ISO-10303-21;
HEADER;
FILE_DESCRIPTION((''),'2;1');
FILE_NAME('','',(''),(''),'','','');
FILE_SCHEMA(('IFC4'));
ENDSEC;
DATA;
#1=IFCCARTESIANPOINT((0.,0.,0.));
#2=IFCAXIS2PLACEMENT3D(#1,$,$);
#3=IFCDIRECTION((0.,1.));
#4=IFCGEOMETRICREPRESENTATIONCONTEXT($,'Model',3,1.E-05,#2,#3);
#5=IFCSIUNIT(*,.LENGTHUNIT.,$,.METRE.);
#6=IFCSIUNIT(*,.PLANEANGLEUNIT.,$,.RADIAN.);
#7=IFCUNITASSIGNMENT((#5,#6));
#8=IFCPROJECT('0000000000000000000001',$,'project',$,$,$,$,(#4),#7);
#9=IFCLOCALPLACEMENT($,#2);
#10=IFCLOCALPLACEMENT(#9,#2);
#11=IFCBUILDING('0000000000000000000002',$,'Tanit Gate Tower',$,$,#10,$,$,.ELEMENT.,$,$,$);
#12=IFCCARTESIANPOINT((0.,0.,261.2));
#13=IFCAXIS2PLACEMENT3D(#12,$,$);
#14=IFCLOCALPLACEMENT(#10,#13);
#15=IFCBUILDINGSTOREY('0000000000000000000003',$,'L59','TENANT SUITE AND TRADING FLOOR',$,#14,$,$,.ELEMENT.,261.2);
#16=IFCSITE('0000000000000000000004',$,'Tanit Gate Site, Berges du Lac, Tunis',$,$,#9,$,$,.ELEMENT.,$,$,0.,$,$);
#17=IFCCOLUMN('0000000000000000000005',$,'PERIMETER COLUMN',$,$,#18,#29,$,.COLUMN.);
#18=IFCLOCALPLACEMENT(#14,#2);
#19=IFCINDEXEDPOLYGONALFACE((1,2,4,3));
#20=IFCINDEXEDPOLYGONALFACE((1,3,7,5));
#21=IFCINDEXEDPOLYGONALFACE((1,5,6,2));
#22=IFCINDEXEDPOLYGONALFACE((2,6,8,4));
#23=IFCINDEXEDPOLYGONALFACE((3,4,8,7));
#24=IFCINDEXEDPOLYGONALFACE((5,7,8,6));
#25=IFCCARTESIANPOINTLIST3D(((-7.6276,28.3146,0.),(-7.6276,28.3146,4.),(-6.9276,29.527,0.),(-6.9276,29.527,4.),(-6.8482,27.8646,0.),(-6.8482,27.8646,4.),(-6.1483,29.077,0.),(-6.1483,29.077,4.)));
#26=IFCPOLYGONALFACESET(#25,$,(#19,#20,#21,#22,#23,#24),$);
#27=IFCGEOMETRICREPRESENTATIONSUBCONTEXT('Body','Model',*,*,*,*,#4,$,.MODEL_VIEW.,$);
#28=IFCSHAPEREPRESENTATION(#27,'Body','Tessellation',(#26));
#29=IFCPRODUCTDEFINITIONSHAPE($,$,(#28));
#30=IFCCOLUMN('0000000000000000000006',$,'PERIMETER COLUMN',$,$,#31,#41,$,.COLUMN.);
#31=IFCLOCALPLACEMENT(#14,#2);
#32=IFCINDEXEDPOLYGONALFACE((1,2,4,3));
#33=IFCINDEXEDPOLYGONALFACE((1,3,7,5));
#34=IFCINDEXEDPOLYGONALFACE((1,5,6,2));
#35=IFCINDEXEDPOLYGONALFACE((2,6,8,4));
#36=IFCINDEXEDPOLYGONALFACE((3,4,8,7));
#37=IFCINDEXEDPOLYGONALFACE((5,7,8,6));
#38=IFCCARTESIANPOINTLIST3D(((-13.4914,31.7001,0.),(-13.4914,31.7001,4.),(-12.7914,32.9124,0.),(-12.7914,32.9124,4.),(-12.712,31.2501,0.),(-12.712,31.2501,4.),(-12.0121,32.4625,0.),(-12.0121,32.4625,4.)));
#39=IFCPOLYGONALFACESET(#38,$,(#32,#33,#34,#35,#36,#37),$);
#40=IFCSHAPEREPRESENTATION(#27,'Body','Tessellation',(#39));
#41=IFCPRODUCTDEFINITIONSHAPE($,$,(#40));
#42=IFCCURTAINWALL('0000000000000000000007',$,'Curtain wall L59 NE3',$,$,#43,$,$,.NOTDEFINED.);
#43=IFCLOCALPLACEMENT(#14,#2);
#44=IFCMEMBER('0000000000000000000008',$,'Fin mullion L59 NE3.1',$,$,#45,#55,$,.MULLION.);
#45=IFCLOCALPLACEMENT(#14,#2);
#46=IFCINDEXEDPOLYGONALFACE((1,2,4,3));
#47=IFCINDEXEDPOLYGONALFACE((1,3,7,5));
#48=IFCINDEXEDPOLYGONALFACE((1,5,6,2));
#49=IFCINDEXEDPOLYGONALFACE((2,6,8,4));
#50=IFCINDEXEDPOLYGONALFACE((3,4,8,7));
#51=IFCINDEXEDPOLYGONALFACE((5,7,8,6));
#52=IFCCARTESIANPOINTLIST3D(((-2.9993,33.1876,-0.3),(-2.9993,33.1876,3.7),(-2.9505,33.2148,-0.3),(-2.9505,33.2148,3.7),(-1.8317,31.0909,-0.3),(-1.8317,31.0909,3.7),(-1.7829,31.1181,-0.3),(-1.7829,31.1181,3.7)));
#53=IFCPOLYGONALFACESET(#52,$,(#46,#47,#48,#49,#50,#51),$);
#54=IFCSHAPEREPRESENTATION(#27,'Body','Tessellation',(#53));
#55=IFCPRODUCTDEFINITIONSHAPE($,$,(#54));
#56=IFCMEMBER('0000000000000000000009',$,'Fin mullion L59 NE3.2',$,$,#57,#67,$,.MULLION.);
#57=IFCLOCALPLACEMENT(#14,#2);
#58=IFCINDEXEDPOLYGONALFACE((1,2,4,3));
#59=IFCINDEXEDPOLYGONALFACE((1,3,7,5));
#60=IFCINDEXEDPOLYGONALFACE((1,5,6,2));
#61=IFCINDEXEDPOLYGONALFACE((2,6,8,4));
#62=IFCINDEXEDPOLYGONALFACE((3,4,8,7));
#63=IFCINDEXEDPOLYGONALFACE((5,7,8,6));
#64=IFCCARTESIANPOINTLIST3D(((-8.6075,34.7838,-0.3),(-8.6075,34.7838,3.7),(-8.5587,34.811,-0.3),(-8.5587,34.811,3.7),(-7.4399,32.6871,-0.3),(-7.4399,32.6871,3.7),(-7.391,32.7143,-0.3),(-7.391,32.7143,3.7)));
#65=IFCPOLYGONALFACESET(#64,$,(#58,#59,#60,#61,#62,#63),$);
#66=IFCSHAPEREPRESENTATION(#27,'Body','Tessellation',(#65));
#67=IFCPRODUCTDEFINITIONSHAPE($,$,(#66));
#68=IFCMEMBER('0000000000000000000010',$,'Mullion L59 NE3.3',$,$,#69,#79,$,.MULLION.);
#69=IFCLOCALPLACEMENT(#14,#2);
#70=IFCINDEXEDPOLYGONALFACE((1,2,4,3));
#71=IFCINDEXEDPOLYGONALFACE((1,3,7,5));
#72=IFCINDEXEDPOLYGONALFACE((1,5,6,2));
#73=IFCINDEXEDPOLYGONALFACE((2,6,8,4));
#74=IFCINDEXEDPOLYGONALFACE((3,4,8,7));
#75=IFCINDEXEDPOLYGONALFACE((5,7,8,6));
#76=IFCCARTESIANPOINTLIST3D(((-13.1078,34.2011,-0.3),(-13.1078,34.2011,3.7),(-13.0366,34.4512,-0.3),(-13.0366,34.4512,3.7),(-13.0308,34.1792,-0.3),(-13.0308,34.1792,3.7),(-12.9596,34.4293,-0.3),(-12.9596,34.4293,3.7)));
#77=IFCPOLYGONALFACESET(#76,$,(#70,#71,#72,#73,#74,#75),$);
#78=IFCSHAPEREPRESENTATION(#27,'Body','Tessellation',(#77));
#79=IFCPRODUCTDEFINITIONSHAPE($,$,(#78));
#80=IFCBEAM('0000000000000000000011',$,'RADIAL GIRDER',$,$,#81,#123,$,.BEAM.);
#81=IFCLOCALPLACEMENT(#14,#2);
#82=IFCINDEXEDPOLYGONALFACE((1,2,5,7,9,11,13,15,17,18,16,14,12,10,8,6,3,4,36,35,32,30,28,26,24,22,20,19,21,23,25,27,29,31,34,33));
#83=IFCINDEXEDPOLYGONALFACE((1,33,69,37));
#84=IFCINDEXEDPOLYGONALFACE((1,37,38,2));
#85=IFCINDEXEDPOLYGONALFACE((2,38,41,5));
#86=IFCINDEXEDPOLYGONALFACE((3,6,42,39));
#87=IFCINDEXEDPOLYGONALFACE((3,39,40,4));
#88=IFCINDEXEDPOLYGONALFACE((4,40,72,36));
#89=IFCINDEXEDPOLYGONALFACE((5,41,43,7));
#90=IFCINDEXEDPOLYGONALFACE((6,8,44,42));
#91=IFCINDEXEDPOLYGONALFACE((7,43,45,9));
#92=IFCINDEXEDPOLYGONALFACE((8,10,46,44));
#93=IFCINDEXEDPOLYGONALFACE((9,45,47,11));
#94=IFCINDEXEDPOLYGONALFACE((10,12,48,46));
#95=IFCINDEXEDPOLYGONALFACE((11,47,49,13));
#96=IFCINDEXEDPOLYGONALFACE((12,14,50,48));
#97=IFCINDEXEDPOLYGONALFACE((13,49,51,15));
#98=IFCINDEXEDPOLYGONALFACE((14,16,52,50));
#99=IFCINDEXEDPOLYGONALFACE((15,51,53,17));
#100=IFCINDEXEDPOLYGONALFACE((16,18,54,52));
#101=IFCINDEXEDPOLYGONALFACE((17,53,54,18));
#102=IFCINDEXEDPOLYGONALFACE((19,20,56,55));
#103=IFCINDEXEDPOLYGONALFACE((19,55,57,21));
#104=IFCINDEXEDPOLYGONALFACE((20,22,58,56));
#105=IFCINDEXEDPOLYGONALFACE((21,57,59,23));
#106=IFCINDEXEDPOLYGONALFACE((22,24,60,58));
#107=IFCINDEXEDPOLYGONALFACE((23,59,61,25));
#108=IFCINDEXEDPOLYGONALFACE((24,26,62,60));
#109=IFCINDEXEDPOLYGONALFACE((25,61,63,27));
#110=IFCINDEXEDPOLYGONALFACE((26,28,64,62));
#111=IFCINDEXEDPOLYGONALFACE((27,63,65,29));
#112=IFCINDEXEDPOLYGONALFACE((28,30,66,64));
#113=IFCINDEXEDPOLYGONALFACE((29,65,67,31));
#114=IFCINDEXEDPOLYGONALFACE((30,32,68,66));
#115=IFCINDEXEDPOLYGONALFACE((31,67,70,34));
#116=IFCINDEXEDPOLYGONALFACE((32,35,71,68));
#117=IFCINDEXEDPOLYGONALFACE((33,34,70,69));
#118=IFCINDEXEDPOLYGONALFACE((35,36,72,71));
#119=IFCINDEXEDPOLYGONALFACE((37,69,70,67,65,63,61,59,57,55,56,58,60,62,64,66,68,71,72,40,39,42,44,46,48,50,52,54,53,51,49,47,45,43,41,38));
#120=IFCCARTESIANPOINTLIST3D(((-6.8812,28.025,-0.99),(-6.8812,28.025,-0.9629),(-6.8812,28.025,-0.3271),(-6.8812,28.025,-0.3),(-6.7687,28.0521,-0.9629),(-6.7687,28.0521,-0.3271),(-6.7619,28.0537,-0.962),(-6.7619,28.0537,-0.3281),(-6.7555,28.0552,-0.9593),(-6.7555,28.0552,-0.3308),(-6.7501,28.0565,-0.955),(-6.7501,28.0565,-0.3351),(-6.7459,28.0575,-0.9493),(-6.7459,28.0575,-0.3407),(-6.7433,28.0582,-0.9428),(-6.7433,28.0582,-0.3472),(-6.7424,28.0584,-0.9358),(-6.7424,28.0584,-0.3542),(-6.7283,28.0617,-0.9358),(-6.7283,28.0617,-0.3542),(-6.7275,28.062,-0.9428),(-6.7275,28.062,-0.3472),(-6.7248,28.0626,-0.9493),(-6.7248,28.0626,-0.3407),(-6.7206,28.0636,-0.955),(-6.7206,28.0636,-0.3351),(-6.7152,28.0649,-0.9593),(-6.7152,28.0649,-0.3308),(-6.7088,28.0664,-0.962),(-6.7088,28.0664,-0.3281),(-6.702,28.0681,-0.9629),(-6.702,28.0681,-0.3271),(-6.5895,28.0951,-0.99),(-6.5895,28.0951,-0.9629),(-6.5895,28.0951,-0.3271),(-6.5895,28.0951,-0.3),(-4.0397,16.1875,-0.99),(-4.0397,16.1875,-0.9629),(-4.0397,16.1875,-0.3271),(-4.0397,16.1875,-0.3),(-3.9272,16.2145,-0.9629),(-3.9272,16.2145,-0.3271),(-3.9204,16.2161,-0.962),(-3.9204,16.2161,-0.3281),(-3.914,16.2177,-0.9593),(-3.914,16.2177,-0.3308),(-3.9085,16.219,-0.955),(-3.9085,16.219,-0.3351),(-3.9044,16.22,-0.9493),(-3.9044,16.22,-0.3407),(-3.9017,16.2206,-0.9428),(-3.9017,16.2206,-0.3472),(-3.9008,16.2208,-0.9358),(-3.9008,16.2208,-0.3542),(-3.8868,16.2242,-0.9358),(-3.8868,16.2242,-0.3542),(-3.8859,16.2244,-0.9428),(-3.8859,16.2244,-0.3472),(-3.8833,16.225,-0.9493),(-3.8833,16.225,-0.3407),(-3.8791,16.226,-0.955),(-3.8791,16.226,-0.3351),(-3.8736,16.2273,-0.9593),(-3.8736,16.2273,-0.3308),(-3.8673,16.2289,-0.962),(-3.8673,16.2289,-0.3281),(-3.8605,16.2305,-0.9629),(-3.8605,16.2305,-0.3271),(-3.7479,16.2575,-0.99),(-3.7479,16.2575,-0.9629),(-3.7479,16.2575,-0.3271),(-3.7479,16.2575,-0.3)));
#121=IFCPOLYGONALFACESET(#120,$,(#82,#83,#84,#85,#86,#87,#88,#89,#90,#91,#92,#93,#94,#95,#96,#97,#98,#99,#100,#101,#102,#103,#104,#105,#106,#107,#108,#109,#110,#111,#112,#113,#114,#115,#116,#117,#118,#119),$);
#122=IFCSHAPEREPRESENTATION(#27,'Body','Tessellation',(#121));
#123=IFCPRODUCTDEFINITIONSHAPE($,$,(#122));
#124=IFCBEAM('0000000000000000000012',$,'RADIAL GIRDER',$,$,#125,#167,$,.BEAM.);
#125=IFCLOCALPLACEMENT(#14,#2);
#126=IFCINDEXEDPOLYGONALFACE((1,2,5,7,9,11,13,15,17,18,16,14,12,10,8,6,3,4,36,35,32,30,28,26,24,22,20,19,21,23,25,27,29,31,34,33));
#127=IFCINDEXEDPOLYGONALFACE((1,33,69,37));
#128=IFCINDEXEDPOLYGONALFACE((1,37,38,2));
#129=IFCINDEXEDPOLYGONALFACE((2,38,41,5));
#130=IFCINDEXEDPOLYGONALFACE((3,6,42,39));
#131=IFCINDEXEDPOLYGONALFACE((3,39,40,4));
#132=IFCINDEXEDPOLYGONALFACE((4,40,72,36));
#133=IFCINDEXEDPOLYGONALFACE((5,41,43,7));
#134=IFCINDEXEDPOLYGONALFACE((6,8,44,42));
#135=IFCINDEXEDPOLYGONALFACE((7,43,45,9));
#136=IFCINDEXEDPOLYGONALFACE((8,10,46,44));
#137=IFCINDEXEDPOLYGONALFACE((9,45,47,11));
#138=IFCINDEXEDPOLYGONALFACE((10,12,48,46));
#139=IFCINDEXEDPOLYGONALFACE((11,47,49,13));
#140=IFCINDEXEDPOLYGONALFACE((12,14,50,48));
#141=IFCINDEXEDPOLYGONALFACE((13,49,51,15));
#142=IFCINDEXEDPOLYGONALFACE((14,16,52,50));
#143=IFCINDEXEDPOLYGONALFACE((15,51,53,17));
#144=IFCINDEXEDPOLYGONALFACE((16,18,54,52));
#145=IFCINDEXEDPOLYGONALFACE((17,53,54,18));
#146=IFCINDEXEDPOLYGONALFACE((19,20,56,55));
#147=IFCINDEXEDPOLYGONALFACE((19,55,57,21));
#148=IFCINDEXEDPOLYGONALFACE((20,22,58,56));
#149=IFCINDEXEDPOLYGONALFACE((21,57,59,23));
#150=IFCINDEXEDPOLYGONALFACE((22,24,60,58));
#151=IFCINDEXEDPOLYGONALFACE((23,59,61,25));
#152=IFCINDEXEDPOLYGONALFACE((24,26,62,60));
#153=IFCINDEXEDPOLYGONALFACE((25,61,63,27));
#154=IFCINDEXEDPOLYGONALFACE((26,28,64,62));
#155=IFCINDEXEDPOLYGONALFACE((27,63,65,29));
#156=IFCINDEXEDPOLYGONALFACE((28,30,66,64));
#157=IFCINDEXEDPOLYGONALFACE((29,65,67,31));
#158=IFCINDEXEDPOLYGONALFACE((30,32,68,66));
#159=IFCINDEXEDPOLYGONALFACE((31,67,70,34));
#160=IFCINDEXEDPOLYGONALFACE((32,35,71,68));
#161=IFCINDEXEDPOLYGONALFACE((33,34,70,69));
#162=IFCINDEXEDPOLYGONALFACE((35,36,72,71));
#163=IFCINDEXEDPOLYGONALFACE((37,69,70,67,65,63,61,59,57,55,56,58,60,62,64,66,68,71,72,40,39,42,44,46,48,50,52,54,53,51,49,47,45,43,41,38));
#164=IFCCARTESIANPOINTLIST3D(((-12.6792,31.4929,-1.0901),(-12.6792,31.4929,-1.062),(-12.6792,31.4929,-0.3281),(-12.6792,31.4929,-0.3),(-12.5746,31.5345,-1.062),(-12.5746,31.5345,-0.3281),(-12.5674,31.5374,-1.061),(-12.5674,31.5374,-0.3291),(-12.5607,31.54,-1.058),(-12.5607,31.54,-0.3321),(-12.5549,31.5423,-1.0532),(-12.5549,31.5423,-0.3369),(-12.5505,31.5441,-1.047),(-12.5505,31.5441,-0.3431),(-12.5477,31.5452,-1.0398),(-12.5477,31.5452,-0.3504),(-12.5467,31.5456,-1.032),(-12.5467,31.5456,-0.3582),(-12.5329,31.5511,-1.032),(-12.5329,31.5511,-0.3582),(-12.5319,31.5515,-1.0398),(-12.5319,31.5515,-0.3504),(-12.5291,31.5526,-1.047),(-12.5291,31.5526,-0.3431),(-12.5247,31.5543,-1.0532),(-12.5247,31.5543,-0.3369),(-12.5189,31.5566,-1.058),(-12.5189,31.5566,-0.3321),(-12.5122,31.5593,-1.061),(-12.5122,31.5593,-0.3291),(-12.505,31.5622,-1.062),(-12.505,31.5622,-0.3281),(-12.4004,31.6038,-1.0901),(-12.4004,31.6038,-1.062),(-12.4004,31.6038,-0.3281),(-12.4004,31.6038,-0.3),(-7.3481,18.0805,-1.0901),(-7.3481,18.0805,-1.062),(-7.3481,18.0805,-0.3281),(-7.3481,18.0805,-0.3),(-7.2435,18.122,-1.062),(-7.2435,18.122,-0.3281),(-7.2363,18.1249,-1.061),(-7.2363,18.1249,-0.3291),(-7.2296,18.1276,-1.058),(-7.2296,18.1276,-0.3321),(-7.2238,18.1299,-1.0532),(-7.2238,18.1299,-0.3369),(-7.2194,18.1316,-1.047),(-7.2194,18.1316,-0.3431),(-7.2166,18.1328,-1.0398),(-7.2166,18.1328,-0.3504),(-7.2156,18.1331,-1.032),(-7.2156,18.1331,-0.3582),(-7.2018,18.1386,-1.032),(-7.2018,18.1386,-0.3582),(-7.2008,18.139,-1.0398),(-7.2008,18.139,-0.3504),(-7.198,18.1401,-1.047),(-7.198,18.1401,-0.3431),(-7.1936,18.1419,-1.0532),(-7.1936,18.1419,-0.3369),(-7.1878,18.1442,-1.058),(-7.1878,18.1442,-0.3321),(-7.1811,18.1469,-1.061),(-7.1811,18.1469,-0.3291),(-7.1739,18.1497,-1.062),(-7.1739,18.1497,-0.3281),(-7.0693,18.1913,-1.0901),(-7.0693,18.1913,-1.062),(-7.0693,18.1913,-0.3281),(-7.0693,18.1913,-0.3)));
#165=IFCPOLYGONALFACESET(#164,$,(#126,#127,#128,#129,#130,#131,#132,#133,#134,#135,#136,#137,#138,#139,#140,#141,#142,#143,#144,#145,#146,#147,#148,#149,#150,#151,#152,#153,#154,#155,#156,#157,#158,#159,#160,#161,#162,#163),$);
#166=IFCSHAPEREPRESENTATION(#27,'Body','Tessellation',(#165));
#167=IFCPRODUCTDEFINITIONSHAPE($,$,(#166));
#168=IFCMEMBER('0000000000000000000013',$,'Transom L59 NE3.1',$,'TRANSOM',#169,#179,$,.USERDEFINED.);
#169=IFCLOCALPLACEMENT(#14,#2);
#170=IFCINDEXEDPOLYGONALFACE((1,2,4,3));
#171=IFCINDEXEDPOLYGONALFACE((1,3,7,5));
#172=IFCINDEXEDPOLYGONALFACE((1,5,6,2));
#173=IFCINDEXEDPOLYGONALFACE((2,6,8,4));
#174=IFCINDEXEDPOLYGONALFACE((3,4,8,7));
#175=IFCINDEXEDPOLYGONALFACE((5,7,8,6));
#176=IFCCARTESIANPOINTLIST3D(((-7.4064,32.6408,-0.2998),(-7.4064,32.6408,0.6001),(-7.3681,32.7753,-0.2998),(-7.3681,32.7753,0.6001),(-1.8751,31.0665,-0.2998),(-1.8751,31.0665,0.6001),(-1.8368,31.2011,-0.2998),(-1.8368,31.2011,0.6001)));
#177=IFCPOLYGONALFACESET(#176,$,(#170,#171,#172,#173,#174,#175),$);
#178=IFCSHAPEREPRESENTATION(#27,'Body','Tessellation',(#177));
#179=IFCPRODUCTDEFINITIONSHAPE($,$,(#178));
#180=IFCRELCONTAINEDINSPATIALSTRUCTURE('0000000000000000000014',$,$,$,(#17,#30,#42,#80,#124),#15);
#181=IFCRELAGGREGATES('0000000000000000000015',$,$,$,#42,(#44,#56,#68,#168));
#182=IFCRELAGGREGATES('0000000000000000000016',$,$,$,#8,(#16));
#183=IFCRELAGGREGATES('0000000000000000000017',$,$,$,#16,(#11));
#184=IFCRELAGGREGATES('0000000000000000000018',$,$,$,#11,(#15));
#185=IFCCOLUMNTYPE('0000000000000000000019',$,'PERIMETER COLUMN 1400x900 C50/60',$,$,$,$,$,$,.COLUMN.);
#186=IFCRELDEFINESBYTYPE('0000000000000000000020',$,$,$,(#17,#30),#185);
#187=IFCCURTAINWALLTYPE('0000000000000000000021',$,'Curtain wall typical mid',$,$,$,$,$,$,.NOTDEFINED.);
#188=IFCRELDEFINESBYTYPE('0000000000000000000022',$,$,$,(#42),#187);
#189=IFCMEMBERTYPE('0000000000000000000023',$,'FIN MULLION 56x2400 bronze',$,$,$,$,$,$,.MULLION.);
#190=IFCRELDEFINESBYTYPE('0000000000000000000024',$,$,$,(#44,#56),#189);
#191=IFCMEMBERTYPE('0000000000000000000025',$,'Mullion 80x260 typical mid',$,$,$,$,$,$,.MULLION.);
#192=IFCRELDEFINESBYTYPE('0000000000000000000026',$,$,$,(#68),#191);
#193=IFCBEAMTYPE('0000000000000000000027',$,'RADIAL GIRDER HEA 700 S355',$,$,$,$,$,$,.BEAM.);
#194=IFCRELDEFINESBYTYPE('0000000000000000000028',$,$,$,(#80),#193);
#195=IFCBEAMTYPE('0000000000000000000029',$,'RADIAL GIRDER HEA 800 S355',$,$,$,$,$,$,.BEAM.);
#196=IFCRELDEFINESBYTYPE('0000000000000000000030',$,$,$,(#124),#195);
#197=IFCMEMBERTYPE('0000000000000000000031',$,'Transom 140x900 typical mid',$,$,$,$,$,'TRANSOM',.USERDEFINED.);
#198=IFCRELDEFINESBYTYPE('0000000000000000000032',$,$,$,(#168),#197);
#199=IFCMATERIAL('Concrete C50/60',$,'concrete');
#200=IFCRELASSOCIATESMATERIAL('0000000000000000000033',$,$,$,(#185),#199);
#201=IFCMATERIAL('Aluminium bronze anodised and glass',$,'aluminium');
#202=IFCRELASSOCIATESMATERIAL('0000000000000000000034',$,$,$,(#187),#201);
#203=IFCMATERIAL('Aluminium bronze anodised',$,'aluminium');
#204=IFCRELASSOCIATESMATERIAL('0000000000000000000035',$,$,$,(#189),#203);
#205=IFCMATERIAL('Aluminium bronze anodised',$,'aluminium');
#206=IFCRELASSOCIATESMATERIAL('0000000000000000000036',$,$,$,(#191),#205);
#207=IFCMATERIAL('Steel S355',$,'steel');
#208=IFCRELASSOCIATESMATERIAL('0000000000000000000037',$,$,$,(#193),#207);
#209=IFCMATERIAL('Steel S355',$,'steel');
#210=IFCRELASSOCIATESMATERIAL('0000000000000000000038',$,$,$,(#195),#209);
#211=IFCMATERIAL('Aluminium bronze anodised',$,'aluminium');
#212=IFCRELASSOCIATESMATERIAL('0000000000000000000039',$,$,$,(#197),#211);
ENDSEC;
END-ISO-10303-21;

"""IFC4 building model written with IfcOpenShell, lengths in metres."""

from ifc_helpers import new_model, si_unit, direction, frame, origin, origin_2d, place, context, subcontext, project, spatial, rectangle, i_section, extrude, material, material_profile, profile_set, type_object, element, aggregate, save


model = new_model("IFC4")

# Units and contexts
model_context = context("Model", 3, precision=1e-05, world=origin(), true_north=direction((0.0, 1.0)))
body_context = subcontext(model_context, "Body", "Model", "MODEL_VIEW")
ifc_project = project(units=[si_unit("LENGTHUNIT", "METRE"), si_unit("PLANEANGLEUNIT", "RADIAN")], contexts=[model_context])

# Site, building, storey
site_placement = place(None, origin())
site = spatial("IfcSite", under=ifc_project, at=site_placement, Name="Tanit Gate Site, Berges du Lac, Tunis", CompositionType="ELEMENT", RefElevation=0.0)
building_placement = place(site_placement, origin())
building = spatial("IfcBuilding", under=site, at=building_placement, Name="Tanit Gate Tower", CompositionType="ELEMENT")
storey_placement = place(building_placement, frame((0.0, 0.0, 261.2)))
storey = spatial("IfcBuildingStorey", under=building, at=storey_placement, Name="L59", Description="TENANT SUITE AND TRADING FLOOR", CompositionType="ELEMENT", Elevation=261.2)

# Columns
ifc_material_1 = material(Name="Concrete C50/60", Category="concrete")
ifc_material_profile_1 = material_profile(ifc_material_1, rectangle(XDim=1.3999, YDim=0.8999, at=origin_2d()), Name="RC 1400x900")
ifc_profile_set_1 = profile_set([ifc_material_profile_1], Name="Concrete C50/60")
column_type = type_object("IfcColumnType", Name="PERIMETER COLUMN 1400x900 C50/60", PredefinedType="COLUMN", material=ifc_profile_set_1)
for number, where, z_axis, x_axis, name in (
    (1, (-6.8879, 28.6958, 0.0), (0.0, 0.0, 1.0), (0.5, 0.866025, 0.0), "PERIMETER COLUMN"),
    (2, (-12.7517, 32.0813, 0.0), (0.0, 0.0, 1.0), (0.5, 0.866025, 0.0), "PERIMETER COLUMN"),
):
    element("IfcColumn", number, at=place(storey_placement, frame(where, z_axis=z_axis, x_axis=x_axis)), inside=storey, type_object=column_type, Name=name, PredefinedType="COLUMN", context=body_context, shape_type="SweptSolid", body=[
        extrude(rectangle(XDim=1.3999, YDim=0.8999, at=origin_2d()), origin(), (0.0, 0.0, 1.0), 4.0),
    ])

# Curtain wall, members
ifc_material_2 = material(Name="Aluminium bronze anodised and glass", Category="aluminium")
curtain_wall_type = type_object("IfcCurtainWallType", Name="Curtain wall typical mid", PredefinedType="NOTDEFINED", material=ifc_material_2)
curtain_wall_placement = place(storey_placement, origin())
curtain_wall = element("IfcCurtainWall", 3, at=curtain_wall_placement, inside=storey, type_object=curtain_wall_type, Name="Curtain wall L59 NE3", PredefinedType="NOTDEFINED")
ifc_material_3 = material(Name="Aluminium bronze anodised", Category="aluminium")
ifc_material_profile_2 = material_profile(ifc_material_3, rectangle(XDim=2.3999, YDim=0.0559, at=origin_2d()), Name="56x2400 bronze fin mullion")
ifc_profile_set_2 = profile_set([ifc_material_profile_2], Name="Aluminium bronze anodised")
member_type_1 = type_object("IfcMemberType", Name="FIN MULLION 56x2400 bronze", PredefinedType="MULLION", material=ifc_profile_set_2)
member_1_placement = place(storey_placement, frame((-2.3911, 32.1528, -0.3), z_axis=(0.0, 0.0, 1.0), x_axis=(0.486531, -0.873663, 0.0)))
member_1 = element("IfcMember", 4, at=member_1_placement, type_object=member_type_1, Name="Fin mullion L59 NE3.1", PredefinedType="MULLION", context=body_context, shape_type="SweptSolid", body=[
    extrude(rectangle(XDim=2.3999, YDim=0.0559, at=origin_2d()), origin(), (0.0, 0.0, 1.0), 4.0),
])
member_2_placement = place(storey_placement, frame((-7.9993, 33.749, -0.3), z_axis=(0.0, 0.0, 1.0), x_axis=(0.486531, -0.873663, 0.0)))
member_2 = element("IfcMember", 5, at=member_2_placement, type_object=member_type_1, Name="Fin mullion L59 NE3.2", PredefinedType="MULLION", context=body_context, shape_type="SweptSolid", body=[
    extrude(rectangle(XDim=2.3999, YDim=0.0559, at=origin_2d()), origin(), (0.0, 0.0, 1.0), 4.0),
])
ifc_material_4 = material(Name="Aluminium bronze anodised", Category="aluminium")
ifc_material_profile_3 = material_profile(ifc_material_4, rectangle(XDim=0.26, YDim=0.0801, at=origin_2d()), Name="80x260 bronze mullion")
ifc_profile_set_3 = profile_set([ifc_material_profile_3], Name="Aluminium bronze anodised")
member_type_2 = type_object("IfcMemberType", Name="Mullion 80x260 typical mid", PredefinedType="MULLION", material=ifc_profile_set_3)
member_3_placement = place(storey_placement, frame((-13.0337, 34.3152, -0.3), z_axis=(0.0, 0.0, 1.0), x_axis=(-0.273744, -0.961803, 0.0)))
member_3 = element("IfcMember", 6, at=member_3_placement, type_object=member_type_2, Name="Mullion L59 NE3.3", PredefinedType="MULLION", context=body_context, shape_type="SweptSolid", body=[
    extrude(rectangle(XDim=0.26, YDim=0.0801, at=origin_2d()), origin(), (0.0, 0.0, 1.0), 4.0),
])

# Beams
ifc_material_5 = material(Name="Steel S355", Category="steel")
ifc_material_profile_4 = material_profile(ifc_material_5, i_section(OverallWidth=0.3, OverallDepth=0.6899, WebThickness=0.0144, FlangeThickness=0.0271, FilletRadius=0.0271, at=origin_2d()), Name="HEA 700")
ifc_profile_set_4 = profile_set([ifc_material_profile_4], Name="Steel S355")
beam_type_1 = type_object("IfcBeamType", Name="RADIAL GIRDER HEA 700 S355", PredefinedType="BEAM", material=ifc_profile_set_4)
beam_1_placement = place(storey_placement, frame((-6.7354, 28.0601, -0.645), z_axis=(0.233413, -0.972378, 0.0), x_axis=(0.972378, 0.233413, 0.0)))
element("IfcBeam", 7, at=beam_1_placement, inside=storey, type_object=beam_type_1, Name="RADIAL GIRDER", PredefinedType="BEAM", context=body_context, shape_type="SweptSolid", body=[
    extrude(i_section(OverallWidth=0.3, OverallDepth=0.6899, WebThickness=0.0144, FlangeThickness=0.0271, FilletRadius=0.0271, at=origin_2d()), origin(), (0.0, 0.0, 1.0), 12.1738),
])
ifc_material_6 = material(Name="Steel S355", Category="steel")
ifc_material_profile_5 = material_profile(ifc_material_6, i_section(OverallWidth=0.3, OverallDepth=0.79, WebThickness=0.0149, FlangeThickness=0.0281, FilletRadius=0.03, at=origin_2d()), Name="HEA 800")
ifc_profile_set_5 = profile_set([ifc_material_profile_5], Name="Steel S355")
beam_type_2 = type_object("IfcBeamType", Name="RADIAL GIRDER HEA 800 S355", PredefinedType="BEAM", material=ifc_profile_set_5)
beam_2_placement = place(storey_placement, frame((-12.5398, 31.5483, -0.6951), z_axis=(0.369366, -0.929284, 0.0), x_axis=(0.929284, 0.369366, 0.0)))
element("IfcBeam", 8, at=beam_2_placement, inside=storey, type_object=beam_type_2, Name="RADIAL GIRDER", PredefinedType="BEAM", context=body_context, shape_type="SweptSolid", body=[
    extrude(i_section(OverallWidth=0.3, OverallDepth=0.79, WebThickness=0.0149, FlangeThickness=0.0281, FilletRadius=0.03, at=origin_2d()), origin(), (0.0, 0.0, 1.0), 14.4331),
])

# Member
ifc_material_7 = material(Name="Aluminium bronze anodised", Category="aluminium")
ifc_material_profile_6 = material_profile(ifc_material_7, rectangle(XDim=0.1399, YDim=0.8999, at=origin_2d()), Name="140x900 bronze transom")
ifc_profile_set_6 = profile_set([ifc_material_profile_6], Name="Aluminium bronze anodised")
member_type_3 = type_object("IfcMemberType", Name="Transom 140x900 typical mid", ElementType="TRANSOM", PredefinedType="USERDEFINED", material=ifc_profile_set_6)
member_4_placement = place(storey_placement, frame((-1.856, 31.1338, 0.1501), z_axis=(-0.961805, 0.273734, 0.0), x_axis=(-0.273734, -0.961805, 0.0)))
member_4 = element("IfcMember", 9, at=member_4_placement, type_object=member_type_3, Name="Transom L59 NE3.1", ObjectType="TRANSOM", PredefinedType="USERDEFINED", context=body_context, shape_type="SweptSolid", body=[
    extrude(rectangle(XDim=0.1399, YDim=0.8999, at=origin_2d()), origin(), (0.0, 0.0, 1.0), 5.751),
])

aggregate(curtain_wall, [member_1, member_2, member_3, member_4])

save(model, "model.ifc")
